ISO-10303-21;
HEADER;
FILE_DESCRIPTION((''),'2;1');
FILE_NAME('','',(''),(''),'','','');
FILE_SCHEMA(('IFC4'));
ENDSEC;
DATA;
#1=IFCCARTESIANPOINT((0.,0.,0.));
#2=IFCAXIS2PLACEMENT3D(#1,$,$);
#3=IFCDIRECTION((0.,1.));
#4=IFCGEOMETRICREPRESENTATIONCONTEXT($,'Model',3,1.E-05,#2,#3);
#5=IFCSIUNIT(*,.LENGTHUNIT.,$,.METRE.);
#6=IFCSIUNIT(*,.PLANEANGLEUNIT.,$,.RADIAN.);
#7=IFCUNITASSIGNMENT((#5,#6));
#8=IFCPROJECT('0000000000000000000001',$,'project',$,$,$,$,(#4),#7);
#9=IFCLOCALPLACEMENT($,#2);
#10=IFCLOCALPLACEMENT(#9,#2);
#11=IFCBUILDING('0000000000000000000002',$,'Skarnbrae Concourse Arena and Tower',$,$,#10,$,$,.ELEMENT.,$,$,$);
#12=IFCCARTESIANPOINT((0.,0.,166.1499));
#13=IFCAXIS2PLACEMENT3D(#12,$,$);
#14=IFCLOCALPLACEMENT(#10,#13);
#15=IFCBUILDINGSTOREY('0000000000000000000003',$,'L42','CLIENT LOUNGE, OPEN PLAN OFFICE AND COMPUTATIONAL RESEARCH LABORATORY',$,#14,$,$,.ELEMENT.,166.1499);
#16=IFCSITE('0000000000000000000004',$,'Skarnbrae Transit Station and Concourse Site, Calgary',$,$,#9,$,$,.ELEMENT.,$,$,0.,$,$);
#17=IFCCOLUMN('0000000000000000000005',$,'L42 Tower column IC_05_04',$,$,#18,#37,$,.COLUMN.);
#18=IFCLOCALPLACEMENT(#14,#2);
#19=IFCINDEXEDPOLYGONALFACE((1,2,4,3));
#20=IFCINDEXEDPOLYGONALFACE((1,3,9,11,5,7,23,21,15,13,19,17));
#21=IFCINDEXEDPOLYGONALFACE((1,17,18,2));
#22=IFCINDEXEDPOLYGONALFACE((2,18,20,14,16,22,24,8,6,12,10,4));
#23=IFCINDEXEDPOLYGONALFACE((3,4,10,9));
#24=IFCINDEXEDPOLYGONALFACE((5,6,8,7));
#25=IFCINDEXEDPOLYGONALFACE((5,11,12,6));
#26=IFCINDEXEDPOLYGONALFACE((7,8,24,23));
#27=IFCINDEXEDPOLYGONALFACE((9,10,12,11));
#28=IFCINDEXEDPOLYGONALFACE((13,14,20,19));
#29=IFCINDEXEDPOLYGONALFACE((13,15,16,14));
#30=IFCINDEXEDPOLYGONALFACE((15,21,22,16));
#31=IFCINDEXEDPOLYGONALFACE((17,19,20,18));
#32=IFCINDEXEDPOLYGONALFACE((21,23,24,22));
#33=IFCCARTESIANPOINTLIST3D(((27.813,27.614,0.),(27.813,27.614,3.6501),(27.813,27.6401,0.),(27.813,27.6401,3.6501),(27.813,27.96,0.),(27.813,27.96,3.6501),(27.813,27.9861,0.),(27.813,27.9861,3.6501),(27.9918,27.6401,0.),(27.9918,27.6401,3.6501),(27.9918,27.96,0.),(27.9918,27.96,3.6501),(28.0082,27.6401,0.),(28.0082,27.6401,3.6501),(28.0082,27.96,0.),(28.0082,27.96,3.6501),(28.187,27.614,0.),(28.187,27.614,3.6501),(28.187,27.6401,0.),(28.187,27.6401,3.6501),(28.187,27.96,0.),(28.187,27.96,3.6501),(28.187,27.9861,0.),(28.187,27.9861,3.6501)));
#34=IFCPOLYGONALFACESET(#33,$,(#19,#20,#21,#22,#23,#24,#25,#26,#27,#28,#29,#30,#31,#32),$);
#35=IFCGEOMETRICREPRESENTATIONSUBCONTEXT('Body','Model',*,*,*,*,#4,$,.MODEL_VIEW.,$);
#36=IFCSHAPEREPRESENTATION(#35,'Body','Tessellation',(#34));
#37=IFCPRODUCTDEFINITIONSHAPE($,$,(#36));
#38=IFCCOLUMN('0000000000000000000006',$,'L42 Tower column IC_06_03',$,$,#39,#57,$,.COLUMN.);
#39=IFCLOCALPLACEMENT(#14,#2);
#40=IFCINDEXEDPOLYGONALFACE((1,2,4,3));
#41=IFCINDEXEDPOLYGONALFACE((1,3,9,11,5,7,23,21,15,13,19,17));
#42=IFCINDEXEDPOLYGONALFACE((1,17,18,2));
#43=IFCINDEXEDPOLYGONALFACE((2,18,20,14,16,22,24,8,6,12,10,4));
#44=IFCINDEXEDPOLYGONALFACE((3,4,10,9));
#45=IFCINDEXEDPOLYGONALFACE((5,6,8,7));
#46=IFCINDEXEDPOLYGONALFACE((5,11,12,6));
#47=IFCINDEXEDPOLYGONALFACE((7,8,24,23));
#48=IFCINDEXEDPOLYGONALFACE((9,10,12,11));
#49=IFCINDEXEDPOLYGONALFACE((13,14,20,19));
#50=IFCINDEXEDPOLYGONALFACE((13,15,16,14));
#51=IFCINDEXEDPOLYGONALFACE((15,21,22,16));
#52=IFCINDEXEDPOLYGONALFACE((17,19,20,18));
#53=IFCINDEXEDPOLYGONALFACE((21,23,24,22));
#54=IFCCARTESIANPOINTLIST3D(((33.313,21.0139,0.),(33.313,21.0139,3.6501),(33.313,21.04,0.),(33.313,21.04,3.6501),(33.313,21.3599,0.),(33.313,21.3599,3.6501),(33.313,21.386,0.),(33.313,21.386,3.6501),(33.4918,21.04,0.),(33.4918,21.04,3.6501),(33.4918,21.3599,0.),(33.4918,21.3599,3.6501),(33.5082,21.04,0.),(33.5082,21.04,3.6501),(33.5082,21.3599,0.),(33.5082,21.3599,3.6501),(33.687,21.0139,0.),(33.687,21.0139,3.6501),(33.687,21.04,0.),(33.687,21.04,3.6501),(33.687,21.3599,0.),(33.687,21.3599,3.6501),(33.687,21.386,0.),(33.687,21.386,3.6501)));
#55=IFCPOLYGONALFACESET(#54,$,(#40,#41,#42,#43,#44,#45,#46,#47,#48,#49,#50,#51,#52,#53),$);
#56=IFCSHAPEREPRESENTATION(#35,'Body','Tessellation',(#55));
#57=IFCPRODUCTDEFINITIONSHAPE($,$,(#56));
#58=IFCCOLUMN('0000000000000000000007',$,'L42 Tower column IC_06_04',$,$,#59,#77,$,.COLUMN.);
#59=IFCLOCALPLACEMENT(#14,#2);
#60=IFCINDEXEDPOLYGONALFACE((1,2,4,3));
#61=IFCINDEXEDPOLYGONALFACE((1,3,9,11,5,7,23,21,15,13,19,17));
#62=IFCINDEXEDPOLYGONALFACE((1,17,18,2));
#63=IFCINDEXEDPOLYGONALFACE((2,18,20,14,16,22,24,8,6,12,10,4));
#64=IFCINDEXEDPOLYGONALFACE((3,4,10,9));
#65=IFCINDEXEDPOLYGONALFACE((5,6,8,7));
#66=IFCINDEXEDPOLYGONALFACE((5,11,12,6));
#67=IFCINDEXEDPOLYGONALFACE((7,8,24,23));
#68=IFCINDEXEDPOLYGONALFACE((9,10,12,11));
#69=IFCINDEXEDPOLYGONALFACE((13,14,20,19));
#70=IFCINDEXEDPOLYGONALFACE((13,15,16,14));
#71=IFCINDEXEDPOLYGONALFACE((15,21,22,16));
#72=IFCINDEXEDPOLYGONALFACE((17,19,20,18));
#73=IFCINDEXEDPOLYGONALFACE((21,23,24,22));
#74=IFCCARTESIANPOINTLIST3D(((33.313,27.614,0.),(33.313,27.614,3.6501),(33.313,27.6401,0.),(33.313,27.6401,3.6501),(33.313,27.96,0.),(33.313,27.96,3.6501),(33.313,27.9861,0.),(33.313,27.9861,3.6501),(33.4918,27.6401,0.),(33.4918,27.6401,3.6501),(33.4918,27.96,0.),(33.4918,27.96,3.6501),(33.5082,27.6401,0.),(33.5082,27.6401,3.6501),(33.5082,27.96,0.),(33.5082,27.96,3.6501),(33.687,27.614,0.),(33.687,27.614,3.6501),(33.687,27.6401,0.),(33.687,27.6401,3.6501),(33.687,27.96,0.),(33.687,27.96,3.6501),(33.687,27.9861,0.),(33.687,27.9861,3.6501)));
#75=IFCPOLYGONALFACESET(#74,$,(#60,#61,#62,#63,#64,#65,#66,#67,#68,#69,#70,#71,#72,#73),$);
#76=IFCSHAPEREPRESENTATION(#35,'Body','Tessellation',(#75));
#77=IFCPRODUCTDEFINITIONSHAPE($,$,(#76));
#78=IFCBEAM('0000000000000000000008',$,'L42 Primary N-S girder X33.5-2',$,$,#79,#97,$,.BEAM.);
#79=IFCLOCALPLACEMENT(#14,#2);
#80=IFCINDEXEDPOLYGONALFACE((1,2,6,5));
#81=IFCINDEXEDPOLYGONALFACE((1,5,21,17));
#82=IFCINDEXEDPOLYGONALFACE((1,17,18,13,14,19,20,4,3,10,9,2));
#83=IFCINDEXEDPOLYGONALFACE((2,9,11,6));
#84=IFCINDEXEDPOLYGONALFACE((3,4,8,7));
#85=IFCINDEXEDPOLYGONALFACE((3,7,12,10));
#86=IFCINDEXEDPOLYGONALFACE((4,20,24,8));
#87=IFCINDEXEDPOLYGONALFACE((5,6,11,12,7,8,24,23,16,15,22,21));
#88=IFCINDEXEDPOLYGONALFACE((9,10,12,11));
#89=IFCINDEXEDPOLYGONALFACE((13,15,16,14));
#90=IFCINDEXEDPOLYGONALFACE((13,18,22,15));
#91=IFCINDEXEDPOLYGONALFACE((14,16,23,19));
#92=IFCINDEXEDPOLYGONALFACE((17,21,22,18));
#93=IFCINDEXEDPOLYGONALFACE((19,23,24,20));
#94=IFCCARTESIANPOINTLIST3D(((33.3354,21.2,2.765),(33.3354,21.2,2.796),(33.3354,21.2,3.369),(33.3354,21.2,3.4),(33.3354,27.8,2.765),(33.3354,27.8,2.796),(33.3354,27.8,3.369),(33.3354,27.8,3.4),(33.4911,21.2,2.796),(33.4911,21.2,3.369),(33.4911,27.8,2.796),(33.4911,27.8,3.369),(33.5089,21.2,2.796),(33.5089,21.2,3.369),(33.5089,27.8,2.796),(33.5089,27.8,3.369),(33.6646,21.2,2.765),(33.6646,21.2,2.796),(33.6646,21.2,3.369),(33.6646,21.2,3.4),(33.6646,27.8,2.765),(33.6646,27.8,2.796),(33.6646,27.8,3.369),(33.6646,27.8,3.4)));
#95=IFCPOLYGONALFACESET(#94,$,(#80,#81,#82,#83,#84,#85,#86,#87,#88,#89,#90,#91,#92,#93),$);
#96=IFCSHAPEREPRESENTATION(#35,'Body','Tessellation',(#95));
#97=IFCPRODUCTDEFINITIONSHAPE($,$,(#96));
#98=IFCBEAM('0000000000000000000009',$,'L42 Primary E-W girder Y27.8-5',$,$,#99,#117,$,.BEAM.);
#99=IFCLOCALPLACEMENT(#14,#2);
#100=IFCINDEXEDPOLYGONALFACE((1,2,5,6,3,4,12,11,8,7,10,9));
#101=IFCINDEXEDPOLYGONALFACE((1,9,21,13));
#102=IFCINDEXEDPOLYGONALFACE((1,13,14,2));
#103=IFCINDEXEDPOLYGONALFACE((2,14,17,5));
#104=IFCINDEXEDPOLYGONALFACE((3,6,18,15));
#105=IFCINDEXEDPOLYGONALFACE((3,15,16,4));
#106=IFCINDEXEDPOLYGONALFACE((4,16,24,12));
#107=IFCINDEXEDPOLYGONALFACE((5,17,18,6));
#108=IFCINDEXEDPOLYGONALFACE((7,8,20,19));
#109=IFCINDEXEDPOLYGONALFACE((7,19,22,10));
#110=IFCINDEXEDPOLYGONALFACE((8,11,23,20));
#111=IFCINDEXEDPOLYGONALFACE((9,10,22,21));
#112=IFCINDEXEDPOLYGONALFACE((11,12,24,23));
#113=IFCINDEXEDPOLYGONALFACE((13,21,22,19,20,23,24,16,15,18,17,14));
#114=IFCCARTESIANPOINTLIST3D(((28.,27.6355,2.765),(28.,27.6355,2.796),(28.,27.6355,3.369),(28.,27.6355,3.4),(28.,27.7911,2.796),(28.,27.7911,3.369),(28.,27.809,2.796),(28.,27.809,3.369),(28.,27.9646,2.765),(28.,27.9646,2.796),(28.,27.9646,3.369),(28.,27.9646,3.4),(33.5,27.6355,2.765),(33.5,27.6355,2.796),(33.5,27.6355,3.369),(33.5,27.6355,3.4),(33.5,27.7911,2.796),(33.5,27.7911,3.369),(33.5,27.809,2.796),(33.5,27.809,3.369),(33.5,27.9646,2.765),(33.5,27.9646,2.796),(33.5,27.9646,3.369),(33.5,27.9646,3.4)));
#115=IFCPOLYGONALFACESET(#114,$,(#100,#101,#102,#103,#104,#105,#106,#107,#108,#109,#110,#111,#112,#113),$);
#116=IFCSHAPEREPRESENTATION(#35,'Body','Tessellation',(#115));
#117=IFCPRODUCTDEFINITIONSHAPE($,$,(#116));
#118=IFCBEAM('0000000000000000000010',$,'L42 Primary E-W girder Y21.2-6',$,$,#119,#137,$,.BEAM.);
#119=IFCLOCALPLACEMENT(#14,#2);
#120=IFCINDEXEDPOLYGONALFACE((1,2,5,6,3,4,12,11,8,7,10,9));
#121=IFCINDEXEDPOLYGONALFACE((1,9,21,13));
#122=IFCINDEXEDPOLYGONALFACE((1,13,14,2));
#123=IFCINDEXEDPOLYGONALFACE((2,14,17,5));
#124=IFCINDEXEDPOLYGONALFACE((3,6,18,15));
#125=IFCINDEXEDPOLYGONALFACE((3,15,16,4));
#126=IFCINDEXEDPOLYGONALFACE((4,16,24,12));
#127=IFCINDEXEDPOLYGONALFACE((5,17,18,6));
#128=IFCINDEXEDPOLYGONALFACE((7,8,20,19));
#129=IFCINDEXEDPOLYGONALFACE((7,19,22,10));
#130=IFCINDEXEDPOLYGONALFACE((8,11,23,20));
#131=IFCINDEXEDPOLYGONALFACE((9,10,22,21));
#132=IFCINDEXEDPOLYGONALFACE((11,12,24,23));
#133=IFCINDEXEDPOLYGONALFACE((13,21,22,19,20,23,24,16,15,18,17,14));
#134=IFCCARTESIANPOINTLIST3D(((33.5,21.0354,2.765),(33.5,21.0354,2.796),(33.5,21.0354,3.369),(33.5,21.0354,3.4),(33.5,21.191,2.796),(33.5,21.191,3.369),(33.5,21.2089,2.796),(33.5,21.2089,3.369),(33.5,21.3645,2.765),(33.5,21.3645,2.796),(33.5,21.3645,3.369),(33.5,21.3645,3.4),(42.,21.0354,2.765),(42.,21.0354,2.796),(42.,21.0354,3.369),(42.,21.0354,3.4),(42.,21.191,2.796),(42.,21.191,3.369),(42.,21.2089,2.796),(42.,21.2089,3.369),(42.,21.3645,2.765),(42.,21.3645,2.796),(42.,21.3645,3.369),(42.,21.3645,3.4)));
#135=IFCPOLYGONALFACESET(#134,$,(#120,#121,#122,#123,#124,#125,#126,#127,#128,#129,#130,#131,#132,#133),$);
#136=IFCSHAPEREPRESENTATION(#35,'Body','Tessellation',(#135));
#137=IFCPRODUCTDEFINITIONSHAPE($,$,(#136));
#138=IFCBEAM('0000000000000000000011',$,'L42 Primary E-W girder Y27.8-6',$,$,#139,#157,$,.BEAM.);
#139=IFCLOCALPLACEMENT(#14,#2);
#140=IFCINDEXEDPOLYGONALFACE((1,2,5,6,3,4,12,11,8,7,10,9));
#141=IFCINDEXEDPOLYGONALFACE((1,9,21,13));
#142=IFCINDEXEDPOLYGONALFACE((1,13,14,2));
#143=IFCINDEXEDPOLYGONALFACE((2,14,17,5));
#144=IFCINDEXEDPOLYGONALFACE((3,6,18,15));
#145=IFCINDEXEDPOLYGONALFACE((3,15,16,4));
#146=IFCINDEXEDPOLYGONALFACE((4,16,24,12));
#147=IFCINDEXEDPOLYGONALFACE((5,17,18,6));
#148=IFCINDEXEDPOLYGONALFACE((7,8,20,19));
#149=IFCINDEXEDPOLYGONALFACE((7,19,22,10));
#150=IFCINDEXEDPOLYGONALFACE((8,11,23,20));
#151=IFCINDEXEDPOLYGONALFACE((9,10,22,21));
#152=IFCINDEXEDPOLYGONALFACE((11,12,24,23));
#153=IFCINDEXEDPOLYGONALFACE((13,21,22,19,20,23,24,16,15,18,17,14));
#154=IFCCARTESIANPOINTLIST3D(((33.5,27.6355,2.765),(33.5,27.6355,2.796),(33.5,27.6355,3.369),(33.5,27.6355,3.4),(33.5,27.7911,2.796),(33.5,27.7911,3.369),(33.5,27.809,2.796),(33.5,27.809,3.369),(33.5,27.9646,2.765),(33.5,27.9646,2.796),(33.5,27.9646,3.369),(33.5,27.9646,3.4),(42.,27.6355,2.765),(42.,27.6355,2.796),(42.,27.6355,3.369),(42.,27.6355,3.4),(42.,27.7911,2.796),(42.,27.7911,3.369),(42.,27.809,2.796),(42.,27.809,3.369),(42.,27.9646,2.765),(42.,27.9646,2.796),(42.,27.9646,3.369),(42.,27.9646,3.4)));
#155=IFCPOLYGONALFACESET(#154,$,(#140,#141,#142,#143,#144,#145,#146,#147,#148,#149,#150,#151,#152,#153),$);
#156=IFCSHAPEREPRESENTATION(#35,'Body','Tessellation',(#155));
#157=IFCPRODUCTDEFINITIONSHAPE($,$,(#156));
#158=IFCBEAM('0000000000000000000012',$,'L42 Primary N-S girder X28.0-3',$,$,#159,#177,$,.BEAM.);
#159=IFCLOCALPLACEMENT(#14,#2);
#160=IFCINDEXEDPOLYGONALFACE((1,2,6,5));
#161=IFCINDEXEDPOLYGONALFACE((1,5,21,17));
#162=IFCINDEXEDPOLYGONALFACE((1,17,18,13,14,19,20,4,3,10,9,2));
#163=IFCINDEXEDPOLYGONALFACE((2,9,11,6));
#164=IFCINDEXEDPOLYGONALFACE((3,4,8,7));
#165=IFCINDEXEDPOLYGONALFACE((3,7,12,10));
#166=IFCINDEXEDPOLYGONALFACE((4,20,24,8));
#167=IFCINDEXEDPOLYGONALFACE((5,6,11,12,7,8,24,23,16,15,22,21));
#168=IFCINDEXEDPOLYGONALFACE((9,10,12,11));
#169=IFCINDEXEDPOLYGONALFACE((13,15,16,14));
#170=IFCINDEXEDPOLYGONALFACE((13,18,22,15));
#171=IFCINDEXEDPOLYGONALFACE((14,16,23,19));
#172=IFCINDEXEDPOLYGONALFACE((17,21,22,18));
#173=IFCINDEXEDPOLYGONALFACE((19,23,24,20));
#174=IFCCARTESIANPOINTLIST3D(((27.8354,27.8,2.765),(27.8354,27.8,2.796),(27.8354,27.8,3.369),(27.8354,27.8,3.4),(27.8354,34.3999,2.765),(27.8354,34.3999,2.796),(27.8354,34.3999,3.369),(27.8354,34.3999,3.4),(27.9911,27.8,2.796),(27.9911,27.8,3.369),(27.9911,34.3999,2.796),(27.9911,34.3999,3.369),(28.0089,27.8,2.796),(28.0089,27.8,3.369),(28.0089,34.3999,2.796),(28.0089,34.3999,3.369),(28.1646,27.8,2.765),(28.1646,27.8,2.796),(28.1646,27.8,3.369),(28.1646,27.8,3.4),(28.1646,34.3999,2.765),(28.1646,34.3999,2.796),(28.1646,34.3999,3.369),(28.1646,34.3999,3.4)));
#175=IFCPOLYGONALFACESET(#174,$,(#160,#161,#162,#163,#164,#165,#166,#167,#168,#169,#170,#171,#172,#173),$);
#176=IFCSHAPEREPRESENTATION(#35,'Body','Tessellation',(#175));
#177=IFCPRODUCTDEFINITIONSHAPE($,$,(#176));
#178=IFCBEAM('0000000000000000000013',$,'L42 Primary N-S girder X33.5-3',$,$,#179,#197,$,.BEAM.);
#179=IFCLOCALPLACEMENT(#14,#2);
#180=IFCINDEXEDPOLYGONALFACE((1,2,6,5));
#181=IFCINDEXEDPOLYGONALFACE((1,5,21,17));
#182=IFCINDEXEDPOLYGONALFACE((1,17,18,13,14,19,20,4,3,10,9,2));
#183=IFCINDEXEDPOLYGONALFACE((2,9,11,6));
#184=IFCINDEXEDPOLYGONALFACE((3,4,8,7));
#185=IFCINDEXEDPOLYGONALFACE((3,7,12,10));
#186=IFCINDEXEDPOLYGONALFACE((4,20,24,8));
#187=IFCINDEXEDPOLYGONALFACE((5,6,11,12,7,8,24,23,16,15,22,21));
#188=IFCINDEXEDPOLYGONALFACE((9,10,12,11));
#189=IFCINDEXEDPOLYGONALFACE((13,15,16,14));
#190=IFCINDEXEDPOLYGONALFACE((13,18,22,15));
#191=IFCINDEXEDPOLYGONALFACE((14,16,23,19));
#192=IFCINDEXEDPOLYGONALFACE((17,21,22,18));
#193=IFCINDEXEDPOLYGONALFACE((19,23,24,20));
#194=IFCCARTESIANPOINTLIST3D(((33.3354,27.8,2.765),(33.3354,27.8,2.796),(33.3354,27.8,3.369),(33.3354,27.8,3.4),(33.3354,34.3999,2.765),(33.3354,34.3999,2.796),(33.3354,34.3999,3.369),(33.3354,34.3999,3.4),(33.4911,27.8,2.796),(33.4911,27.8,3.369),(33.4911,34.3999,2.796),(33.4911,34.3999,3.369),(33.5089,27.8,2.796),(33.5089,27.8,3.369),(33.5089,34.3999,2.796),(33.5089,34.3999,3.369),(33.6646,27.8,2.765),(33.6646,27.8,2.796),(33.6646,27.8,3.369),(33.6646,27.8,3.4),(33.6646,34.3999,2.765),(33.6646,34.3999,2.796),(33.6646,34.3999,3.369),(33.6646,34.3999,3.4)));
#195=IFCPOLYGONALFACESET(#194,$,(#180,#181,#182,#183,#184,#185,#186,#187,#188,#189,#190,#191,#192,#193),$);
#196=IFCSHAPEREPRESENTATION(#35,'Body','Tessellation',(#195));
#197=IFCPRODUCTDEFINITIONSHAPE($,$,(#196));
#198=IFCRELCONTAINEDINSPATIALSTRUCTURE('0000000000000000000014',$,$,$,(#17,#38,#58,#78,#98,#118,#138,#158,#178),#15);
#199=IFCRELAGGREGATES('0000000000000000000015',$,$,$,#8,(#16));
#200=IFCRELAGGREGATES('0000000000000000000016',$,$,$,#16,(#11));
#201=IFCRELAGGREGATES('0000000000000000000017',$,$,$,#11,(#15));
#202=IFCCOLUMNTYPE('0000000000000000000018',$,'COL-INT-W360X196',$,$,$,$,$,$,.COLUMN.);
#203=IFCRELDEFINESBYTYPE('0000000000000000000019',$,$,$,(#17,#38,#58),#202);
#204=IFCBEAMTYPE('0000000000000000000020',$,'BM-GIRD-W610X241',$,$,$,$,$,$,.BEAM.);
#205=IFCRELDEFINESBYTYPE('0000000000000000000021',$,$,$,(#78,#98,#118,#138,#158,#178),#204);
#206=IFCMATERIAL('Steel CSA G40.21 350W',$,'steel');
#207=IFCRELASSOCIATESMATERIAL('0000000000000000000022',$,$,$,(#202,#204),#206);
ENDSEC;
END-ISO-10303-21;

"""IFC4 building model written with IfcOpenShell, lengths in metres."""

from ifc_helpers import new_model, si_unit, direction, frame, origin, origin_2d, place, context, subcontext, project, spatial, i_section, extrude, source, transform, mapped, material, material_profile, profile_set, type_object, element, save


model = new_model("IFC4")

# Units and contexts
model_context = context("Model", 3, precision=1e-05, world=origin(), true_north=direction((0.0, 1.0)))
body_context = subcontext(model_context, "Body", "Model", "MODEL_VIEW")
ifc_project = project(units=[si_unit("LENGTHUNIT", "METRE"), si_unit("PLANEANGLEUNIT", "RADIAN")], contexts=[model_context])

# Site, building, storey
site_placement = place(None, origin())
site = spatial("IfcSite", under=ifc_project, at=site_placement, Name="Skarnbrae Transit Station and Concourse Site, Calgary", CompositionType="ELEMENT", RefElevation=0.0)
building_placement = place(site_placement, origin())
building = spatial("IfcBuilding", under=site, at=building_placement, Name="Skarnbrae Concourse Arena and Tower", CompositionType="ELEMENT")
storey_placement = place(building_placement, frame((0.0, 0.0, 166.1499)))
storey = spatial("IfcBuildingStorey", under=building, at=storey_placement, Name="L42", Description="CLIENT LOUNGE, OPEN PLAN OFFICE AND COMPUTATIONAL RESEARCH LABORATORY", CompositionType="ELEMENT", Elevation=166.1499)

# Columns
ifc_material_1 = material(Name="Steel CSA G40.21 350W", Category="steel")
ifc_material_profile_1 = material_profile(ifc_material_1, i_section(OverallWidth=0.374, OverallDepth=0.3721, WebThickness=0.0164, FlangeThickness=0.0261, at=origin_2d()), Name="W360X196")
ifc_profile_set_1 = profile_set([ifc_material_profile_1], Name="Steel CSA G40.21 350W")
column_type = type_object("IfcColumnType", Name="COL-INT-W360X196", PredefinedType="COLUMN", material=ifc_profile_set_1)
shared_shape_1 = source(origin(), body_context, "Body", "SweptSolid", [
    extrude(i_section(OverallWidth=0.374, OverallDepth=0.3721, WebThickness=0.0164, FlangeThickness=0.0261, at=origin_2d()), origin(), (0.0, 0.0, 1.0), 3.6501),
])
for number, where, z_axis, x_axis, name in (
    (1, (28.0, 27.8, 0.0), (0.0, 0.0, 1.0), (1.0, 0.0, 0.0), "L42 Tower column IC_05_04"),
    (2, (33.5, 21.2, 0.0), (0.0, 0.0, 1.0), (1.0, 0.0, 0.0), "L42 Tower column IC_06_03"),
    (3, (33.5, 27.8, 0.0), (0.0, 0.0, 1.0), (1.0, 0.0, 0.0), "L42 Tower column IC_06_04"),
):
    element("IfcColumn", number, at=place(storey_placement, frame(where, z_axis=z_axis, x_axis=x_axis)), inside=storey, type_object=column_type, Name=name, PredefinedType="COLUMN", context=body_context, shape_type="MappedRepresentation", body=[
        mapped(shared_shape_1, transform((0.0, 0.0, 0.0))),
    ])

# Beams
ifc_material_profile_2 = material_profile(ifc_material_1, i_section(OverallWidth=0.3291, OverallDepth=0.635, WebThickness=0.0178, FlangeThickness=0.031, at=origin_2d()), Name="W610X241")
ifc_profile_set_2 = profile_set([ifc_material_profile_2], Name="Steel CSA G40.21 350W")
beam_type_1 = type_object("IfcBeamType", Name="BM-GIRD-W610X241", PredefinedType="BEAM", material=ifc_profile_set_2)
shared_shape_2 = source(origin(), body_context, "Body", "SweptSolid", [
    extrude(i_section(OverallWidth=0.3291, OverallDepth=0.635, WebThickness=0.0178, FlangeThickness=0.031, at=origin_2d()), origin(), (0.0, 0.0, 1.0), 6.6001),
])
beam_1_placement = place(storey_placement, frame((33.5, 21.2, 3.0825), z_axis=(0.0, 1.0, 0.0), x_axis=(-1.0, 0.0, 0.0)))
element("IfcBeam", 4, at=beam_1_placement, inside=storey, type_object=beam_type_1, Name="L42 Primary N-S girder X33.5-2", PredefinedType="BEAM", context=body_context, shape_type="MappedRepresentation", body=[
    mapped(shared_shape_2, transform((0.0, 0.0, 0.0))),
])
shared_shape_3 = source(origin(), body_context, "Body", "SweptSolid", [
    extrude(i_section(OverallWidth=0.3291, OverallDepth=0.635, WebThickness=0.0178, FlangeThickness=0.031, at=origin_2d()), origin(), (0.0, 0.0, 1.0), 5.5),
])
beam_2_placement = place(storey_placement, frame((28.0, 27.8, 3.0825), z_axis=(1.0, 0.0, 0.0), x_axis=(0.0, 1.0, 0.0)))
element("IfcBeam", 5, at=beam_2_placement, inside=storey, type_object=beam_type_1, Name="L42 Primary E-W girder Y27.8-5", PredefinedType="BEAM", context=body_context, shape_type="MappedRepresentation", body=[
    mapped(shared_shape_3, transform((0.0, 0.0, 0.0))),
])
shared_shape_4 = source(origin(), body_context, "Body", "SweptSolid", [
    extrude(i_section(OverallWidth=0.3291, OverallDepth=0.635, WebThickness=0.0178, FlangeThickness=0.031, at=origin_2d()), origin(), (0.0, 0.0, 1.0), 8.5),
])
for number, where, z_axis, x_axis, name in (
    (6, (33.5, 21.2, 3.0825), (1.0, 0.0, 0.0), (0.0, 1.0, 0.0), "L42 Primary E-W girder Y21.2-6"),
    (7, (33.5, 27.8, 3.0825), (1.0, 0.0, 0.0), (0.0, 1.0, 0.0), "L42 Primary E-W girder Y27.8-6"),
):
    element("IfcBeam", number, at=place(storey_placement, frame(where, z_axis=z_axis, x_axis=x_axis)), inside=storey, type_object=beam_type_1, Name=name, PredefinedType="BEAM", context=body_context, shape_type="MappedRepresentation", body=[
        mapped(shared_shape_4, transform((0.0, 0.0, 0.0))),
    ])
shared_shape_5 = source(origin(), body_context, "Body", "SweptSolid", [
    extrude(i_section(OverallWidth=0.3291, OverallDepth=0.635, WebThickness=0.0178, FlangeThickness=0.031, at=origin_2d()), origin(), (0.0, 0.0, 1.0), 6.5999),
])
for number, where, z_axis, x_axis, name in (
    (8, (28.0, 27.8, 3.0825), (0.0, 1.0, 0.0), (-1.0, 0.0, 0.0), "L42 Primary N-S girder X28.0-3"),
    (9, (33.5, 27.8, 3.0825), (0.0, 1.0, 0.0), (-1.0, 0.0, 0.0), "L42 Primary N-S girder X33.5-3"),
):
    element("IfcBeam", number, at=place(storey_placement, frame(where, z_axis=z_axis, x_axis=x_axis)), inside=storey, type_object=beam_type_1, Name=name, PredefinedType="BEAM", context=body_context, shape_type="MappedRepresentation", body=[
        mapped(shared_shape_5, transform((0.0, 0.0, 0.0))),
    ])

save(model, "model.ifc")
